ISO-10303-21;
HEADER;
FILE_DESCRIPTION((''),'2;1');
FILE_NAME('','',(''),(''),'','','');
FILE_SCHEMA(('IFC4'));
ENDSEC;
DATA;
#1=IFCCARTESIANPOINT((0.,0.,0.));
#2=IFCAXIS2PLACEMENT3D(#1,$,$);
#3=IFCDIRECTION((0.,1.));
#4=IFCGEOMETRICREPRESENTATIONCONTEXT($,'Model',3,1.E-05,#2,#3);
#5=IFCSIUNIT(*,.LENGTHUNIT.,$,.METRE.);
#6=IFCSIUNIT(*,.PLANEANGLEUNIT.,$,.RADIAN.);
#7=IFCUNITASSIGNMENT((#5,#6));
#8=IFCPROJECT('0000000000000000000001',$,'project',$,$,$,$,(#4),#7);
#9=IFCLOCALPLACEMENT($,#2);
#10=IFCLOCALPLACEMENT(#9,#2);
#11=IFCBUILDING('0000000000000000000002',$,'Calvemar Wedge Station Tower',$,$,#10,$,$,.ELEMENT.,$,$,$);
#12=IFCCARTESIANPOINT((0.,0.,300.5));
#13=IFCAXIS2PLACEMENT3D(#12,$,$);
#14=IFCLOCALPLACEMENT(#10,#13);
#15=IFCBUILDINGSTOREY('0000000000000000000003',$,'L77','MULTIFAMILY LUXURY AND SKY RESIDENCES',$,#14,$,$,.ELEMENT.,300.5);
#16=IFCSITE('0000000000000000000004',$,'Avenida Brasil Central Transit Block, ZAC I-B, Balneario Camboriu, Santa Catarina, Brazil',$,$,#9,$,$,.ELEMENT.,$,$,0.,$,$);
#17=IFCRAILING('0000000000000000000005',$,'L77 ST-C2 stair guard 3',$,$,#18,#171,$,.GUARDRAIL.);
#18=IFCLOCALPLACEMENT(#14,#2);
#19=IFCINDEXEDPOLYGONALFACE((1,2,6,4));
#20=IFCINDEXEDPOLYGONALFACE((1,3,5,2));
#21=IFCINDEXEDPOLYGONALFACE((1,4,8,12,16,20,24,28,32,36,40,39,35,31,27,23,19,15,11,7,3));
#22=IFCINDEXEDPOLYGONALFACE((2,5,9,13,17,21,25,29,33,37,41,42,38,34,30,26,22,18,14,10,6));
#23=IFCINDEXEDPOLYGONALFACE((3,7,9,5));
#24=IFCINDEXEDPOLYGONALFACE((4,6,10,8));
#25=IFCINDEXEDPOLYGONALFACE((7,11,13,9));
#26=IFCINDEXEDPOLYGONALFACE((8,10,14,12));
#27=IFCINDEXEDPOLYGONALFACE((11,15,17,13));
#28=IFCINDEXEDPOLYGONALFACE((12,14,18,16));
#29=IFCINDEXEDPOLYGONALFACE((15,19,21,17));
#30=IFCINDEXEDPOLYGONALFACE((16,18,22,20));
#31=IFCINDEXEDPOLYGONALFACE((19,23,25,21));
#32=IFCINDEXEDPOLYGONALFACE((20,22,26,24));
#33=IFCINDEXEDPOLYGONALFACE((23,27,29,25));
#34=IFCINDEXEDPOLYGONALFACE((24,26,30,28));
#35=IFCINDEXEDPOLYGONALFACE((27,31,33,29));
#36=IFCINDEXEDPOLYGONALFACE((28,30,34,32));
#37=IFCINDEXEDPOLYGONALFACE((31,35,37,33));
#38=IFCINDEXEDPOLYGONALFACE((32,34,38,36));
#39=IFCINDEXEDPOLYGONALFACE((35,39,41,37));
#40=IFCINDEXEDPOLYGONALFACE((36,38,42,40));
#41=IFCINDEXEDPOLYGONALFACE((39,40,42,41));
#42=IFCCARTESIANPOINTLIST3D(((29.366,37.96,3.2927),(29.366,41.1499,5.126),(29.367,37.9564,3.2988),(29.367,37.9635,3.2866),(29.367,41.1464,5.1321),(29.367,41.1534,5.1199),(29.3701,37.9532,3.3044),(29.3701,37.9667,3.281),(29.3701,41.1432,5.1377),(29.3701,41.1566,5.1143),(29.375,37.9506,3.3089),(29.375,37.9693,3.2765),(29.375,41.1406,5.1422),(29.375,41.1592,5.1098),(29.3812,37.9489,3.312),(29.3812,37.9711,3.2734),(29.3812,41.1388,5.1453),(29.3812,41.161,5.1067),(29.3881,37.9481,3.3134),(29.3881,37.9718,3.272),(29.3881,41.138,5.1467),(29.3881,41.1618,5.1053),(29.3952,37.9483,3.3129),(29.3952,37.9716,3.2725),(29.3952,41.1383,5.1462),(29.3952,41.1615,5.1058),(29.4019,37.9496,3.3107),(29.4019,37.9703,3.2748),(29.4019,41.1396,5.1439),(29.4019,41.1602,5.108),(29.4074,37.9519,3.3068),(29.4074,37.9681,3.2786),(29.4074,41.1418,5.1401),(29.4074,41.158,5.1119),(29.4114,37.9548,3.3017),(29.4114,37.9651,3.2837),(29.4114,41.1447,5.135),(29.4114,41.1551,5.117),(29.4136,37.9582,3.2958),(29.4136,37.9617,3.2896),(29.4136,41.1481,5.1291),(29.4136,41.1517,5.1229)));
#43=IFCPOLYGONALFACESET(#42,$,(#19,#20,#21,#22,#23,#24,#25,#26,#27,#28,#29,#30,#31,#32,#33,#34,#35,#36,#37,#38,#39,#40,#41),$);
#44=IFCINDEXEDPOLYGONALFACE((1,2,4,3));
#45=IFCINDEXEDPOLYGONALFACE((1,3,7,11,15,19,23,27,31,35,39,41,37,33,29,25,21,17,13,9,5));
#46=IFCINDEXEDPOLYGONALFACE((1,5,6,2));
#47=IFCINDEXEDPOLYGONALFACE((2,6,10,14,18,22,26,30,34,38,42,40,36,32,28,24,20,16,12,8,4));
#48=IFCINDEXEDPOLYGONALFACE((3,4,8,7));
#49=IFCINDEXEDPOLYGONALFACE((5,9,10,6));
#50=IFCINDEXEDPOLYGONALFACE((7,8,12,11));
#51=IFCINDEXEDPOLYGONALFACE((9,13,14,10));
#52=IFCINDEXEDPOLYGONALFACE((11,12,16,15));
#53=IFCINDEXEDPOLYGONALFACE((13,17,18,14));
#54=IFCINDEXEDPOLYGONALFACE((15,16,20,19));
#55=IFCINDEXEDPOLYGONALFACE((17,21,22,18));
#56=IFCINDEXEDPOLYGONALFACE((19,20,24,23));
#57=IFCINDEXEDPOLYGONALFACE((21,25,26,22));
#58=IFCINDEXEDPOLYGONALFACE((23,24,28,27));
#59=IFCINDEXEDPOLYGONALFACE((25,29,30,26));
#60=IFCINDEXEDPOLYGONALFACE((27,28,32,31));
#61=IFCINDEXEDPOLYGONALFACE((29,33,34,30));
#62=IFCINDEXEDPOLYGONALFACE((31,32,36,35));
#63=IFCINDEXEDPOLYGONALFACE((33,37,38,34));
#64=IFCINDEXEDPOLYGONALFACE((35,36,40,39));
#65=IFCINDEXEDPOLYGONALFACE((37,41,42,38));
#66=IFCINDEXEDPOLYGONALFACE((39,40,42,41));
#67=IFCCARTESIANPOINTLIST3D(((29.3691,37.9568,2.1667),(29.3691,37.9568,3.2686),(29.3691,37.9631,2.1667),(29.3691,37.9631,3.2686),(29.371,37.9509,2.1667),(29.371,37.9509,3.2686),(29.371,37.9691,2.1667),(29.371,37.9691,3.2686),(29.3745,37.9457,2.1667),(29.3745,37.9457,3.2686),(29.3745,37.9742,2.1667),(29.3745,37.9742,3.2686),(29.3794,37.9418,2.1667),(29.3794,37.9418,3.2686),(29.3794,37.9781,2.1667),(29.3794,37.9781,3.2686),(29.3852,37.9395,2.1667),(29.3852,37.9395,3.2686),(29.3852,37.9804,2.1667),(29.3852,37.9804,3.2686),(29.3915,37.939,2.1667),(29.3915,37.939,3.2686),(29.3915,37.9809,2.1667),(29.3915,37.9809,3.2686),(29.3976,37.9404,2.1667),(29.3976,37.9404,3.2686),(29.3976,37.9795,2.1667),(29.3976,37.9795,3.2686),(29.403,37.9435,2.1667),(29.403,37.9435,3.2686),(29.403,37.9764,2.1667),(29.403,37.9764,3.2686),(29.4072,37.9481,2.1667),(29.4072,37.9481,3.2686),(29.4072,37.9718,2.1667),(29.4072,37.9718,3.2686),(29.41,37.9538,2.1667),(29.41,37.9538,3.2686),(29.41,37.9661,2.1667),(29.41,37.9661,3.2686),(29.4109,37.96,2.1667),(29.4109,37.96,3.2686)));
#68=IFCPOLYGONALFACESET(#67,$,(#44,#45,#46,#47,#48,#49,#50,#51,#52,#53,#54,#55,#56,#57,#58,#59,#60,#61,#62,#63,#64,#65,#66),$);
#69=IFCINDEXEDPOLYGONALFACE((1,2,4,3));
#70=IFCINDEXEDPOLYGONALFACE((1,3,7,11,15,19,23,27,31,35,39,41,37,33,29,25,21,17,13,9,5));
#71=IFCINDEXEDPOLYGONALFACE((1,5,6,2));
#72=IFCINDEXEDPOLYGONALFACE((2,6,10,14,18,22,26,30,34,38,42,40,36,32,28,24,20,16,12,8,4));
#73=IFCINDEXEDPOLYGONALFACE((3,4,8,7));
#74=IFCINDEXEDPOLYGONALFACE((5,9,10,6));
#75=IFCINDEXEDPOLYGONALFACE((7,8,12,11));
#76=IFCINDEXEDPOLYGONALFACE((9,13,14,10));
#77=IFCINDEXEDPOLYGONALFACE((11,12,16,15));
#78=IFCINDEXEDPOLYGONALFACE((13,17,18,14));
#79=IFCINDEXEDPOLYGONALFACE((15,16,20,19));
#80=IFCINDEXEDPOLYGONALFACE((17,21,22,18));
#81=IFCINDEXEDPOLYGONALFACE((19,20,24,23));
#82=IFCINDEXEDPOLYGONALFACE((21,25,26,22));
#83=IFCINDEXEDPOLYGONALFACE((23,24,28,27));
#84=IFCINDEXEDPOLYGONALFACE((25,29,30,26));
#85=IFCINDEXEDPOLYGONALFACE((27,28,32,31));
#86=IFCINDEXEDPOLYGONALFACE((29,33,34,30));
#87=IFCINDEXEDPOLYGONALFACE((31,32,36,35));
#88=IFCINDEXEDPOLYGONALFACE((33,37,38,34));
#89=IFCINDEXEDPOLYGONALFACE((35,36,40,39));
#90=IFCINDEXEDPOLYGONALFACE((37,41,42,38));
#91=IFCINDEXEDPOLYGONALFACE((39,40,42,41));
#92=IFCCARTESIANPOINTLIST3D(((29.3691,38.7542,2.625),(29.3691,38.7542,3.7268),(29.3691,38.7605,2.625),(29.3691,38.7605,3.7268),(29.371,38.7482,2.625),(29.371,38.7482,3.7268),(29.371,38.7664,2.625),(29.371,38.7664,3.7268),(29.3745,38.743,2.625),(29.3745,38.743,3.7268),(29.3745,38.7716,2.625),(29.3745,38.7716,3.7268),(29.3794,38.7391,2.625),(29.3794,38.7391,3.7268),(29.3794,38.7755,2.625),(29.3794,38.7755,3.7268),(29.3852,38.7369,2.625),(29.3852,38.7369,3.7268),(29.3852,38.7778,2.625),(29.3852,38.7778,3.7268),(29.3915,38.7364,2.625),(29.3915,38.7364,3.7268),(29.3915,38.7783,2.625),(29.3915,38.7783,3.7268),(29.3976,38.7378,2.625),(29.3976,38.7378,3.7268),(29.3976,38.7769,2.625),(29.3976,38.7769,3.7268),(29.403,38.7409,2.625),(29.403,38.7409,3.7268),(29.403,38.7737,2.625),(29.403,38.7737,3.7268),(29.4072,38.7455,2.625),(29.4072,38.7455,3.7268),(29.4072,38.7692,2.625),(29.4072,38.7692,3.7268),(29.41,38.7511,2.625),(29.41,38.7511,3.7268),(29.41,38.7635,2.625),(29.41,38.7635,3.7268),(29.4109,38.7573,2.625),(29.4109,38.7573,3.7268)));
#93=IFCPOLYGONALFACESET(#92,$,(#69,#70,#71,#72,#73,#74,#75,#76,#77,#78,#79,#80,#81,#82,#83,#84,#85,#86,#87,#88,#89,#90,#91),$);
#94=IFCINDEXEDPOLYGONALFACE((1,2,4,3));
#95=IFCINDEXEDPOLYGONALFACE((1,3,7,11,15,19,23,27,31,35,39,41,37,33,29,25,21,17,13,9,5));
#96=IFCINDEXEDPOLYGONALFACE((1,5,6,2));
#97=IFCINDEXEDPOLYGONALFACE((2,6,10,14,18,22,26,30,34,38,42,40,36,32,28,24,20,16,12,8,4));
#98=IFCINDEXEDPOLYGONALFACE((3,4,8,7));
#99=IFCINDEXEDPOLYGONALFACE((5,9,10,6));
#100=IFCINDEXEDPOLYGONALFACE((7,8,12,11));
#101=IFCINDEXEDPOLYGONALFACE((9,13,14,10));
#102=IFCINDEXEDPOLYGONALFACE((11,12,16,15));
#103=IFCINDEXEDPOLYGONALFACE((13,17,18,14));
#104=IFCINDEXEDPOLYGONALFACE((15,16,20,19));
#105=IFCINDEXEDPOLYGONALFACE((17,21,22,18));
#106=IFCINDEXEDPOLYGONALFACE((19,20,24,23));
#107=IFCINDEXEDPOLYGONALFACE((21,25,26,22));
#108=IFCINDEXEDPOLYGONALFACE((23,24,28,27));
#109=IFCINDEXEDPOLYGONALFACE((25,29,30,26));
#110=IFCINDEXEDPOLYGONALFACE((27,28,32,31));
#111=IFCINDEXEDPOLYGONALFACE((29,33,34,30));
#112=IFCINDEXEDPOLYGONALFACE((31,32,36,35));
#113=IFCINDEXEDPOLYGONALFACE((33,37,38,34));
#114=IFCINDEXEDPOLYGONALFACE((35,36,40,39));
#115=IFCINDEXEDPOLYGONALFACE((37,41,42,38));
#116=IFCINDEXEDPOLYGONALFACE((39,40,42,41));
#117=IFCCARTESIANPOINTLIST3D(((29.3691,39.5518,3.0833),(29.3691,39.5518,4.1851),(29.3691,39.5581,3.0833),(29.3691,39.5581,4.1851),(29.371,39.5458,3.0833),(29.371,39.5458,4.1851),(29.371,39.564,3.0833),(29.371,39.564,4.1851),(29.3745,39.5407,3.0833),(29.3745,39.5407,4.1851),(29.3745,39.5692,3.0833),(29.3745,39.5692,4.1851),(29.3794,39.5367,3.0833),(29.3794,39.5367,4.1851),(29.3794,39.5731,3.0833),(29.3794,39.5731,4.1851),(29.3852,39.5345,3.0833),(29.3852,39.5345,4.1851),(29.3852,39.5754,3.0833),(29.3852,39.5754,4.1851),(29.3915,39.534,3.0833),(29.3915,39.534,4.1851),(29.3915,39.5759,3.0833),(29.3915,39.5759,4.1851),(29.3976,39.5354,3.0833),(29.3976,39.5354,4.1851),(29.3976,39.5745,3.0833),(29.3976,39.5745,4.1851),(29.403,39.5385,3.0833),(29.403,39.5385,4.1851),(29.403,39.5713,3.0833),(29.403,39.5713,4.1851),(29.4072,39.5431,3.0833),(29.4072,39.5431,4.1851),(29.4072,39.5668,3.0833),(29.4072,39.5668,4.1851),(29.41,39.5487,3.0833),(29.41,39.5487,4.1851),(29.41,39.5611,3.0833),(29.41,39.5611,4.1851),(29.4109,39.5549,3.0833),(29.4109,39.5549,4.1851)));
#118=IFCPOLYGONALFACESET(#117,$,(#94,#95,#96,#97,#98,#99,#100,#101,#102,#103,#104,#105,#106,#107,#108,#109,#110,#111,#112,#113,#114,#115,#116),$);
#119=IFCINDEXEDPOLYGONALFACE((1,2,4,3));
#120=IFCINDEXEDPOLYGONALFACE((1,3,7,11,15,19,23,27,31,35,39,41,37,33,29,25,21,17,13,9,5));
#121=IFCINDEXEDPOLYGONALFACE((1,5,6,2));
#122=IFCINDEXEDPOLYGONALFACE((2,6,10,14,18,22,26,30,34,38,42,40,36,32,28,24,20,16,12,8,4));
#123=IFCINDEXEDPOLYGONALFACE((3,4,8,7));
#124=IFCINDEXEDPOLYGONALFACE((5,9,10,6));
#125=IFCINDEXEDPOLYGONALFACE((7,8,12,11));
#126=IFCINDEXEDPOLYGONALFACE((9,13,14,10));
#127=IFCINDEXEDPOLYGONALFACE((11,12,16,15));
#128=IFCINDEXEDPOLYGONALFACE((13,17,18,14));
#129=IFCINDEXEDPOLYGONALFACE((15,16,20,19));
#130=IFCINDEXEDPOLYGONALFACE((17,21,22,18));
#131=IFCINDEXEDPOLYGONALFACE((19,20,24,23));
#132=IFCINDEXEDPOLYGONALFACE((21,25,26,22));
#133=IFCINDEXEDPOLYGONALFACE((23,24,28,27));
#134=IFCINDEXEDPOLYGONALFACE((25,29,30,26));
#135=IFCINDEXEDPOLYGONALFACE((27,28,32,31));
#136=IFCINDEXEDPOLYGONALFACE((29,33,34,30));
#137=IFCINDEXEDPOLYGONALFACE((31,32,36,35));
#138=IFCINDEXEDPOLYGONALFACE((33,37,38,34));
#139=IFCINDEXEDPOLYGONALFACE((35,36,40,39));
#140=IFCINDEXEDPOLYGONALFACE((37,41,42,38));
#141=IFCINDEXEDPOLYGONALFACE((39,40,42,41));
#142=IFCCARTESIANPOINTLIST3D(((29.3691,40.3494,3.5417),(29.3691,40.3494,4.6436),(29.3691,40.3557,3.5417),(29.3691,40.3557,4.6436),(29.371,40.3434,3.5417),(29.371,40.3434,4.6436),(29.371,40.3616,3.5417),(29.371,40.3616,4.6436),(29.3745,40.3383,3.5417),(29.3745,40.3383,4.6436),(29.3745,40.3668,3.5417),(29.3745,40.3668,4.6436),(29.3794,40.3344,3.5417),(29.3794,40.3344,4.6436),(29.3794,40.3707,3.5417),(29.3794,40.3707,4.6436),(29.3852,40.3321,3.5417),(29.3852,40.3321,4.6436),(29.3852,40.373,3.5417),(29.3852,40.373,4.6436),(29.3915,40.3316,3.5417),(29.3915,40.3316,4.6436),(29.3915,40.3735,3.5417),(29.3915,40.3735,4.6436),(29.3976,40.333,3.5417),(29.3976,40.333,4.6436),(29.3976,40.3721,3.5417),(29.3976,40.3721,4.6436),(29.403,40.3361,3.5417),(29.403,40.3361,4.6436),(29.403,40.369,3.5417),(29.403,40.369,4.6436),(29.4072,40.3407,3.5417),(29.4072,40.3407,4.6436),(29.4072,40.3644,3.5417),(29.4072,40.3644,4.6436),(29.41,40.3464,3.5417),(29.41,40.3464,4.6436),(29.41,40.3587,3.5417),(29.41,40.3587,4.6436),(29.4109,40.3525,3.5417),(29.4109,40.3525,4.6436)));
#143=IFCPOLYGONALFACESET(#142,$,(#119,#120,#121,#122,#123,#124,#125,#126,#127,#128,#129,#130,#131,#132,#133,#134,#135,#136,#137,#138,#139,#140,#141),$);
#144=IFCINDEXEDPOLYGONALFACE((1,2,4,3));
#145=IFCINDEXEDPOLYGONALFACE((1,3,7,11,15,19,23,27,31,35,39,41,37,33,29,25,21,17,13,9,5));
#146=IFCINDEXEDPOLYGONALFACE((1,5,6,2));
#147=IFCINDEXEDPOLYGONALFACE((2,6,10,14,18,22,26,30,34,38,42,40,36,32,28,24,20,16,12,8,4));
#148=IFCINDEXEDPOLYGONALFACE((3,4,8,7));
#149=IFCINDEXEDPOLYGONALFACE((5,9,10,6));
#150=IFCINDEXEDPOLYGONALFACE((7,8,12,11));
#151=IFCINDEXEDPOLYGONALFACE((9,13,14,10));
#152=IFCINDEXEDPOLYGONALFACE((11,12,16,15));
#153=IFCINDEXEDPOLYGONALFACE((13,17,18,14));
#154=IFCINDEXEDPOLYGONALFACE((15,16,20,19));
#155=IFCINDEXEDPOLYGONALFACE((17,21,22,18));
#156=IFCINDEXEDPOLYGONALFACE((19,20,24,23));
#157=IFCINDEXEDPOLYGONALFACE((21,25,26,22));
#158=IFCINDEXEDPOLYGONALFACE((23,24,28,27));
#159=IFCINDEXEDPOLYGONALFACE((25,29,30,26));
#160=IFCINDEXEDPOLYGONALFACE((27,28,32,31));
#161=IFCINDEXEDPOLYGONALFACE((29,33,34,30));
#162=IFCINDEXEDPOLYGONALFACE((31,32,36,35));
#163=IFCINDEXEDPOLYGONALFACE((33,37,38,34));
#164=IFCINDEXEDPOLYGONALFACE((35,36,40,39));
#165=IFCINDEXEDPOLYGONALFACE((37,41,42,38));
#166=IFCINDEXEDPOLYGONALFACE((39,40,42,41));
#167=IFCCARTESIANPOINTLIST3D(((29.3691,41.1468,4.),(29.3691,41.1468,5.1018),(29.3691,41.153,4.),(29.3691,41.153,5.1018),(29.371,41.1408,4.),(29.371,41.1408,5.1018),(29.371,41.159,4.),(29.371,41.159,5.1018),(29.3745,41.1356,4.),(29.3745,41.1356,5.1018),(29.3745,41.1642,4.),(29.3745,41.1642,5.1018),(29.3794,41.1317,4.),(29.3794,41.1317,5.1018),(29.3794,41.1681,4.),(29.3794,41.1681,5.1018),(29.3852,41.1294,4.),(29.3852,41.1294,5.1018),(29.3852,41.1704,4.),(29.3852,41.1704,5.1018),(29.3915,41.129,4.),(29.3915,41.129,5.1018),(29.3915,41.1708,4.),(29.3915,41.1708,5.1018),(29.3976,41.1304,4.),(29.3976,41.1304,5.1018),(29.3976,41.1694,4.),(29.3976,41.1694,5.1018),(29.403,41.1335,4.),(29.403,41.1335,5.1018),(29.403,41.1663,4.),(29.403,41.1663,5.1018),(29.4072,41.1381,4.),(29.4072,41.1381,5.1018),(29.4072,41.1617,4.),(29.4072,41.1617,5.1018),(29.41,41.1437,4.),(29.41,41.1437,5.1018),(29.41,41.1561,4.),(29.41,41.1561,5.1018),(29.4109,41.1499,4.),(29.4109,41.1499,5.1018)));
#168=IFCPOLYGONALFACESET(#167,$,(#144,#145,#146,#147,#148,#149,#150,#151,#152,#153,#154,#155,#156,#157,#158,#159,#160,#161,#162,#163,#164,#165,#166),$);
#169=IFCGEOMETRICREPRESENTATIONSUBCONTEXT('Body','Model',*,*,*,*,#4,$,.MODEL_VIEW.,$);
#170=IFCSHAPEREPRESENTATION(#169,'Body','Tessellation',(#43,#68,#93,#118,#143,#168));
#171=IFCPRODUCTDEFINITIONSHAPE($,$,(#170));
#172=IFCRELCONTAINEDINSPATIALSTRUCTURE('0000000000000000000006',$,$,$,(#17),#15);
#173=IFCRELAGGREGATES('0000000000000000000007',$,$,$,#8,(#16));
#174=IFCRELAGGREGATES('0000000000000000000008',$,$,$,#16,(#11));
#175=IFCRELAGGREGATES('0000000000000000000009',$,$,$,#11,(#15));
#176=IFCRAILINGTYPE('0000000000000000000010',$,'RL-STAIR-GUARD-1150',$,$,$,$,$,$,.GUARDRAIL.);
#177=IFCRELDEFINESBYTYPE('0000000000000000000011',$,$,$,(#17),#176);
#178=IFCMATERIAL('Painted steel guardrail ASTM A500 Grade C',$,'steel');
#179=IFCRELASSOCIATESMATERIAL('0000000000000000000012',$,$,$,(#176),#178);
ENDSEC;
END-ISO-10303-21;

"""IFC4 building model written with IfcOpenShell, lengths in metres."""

from ifc_helpers import new_model, si_unit, direction, frame, origin, origin_2d, place, context, subcontext, project, spatial, circle, extrude, material, type_object, element, save


model = new_model("IFC4")

# Units and contexts
model_context = context("Model", 3, precision=1e-05, world=origin(), true_north=direction((0.0, 1.0)))
body_context = subcontext(model_context, "Body", "Model", "MODEL_VIEW")
ifc_project = project(units=[si_unit("LENGTHUNIT", "METRE"), si_unit("PLANEANGLEUNIT", "RADIAN")], contexts=[model_context])

# Site, building, storey
site_placement = place(None, origin())
site = spatial("IfcSite", under=ifc_project, at=site_placement, Name="Avenida Brasil Central Transit Block, ZAC I-B, Balneario Camboriu, Santa Catarina, Brazil", CompositionType="ELEMENT", RefElevation=0.0)
building_placement = place(site_placement, origin())
building = spatial("IfcBuilding", under=site, at=building_placement, Name="Calvemar Wedge Station Tower", CompositionType="ELEMENT")
storey_placement = place(building_placement, frame((0.0, 0.0, 300.5)))
storey = spatial("IfcBuildingStorey", under=building, at=storey_placement, Name="L77", Description="MULTIFAMILY LUXURY AND SKY RESIDENCES", CompositionType="ELEMENT", Elevation=300.5)

# Railing
ifc_material_1 = material(Name="Painted steel guardrail ASTM A500 Grade C", Category="steel")
railing_type_1 = type_object("IfcRailingType", Name="RL-STAIR-GUARD-1150", PredefinedType="GUARDRAIL", material=ifc_material_1)
railing_1_placement = place(storey_placement, frame((29.3899, 37.96, 2.1667)))
element("IfcRailing", 1, at=railing_1_placement, inside=storey, type_object=railing_type_1, Name="L77 ST-C2 stair guard 3", PredefinedType="GUARDRAIL", context=body_context, shape_type="SweptSolid", body=[
    extrude(circle(Radius=0.0239, at=origin_2d()), frame((0.0, 0.0, 1.126), z_axis=(0.0, 0.86702, 0.498274), x_axis=(-1.0, 0.0, 0.0)), (0.0, 0.0, 1.0), 3.6792),
    extrude(circle(Radius=0.021, at=origin_2d()), origin(), (0.0, 0.0, 1.0), 1.1018),
    extrude(circle(Radius=0.021, at=origin_2d()), frame((0.0, 0.7974, 0.4583)), (0.0, 0.0, 1.0), 1.1018),
    extrude(circle(Radius=0.021, at=origin_2d()), frame((0.0, 1.595, 0.9165)), (0.0, 0.0, 1.0), 1.1018),
    extrude(circle(Radius=0.021, at=origin_2d()), frame((0.0, 2.3926, 1.375)), (0.0, 0.0, 1.0), 1.1018),
    extrude(circle(Radius=0.021, at=origin_2d()), frame((0.0, 3.1899, 1.8333)), (0.0, 0.0, 1.0), 1.1018),
])

save(model, "model.ifc")
